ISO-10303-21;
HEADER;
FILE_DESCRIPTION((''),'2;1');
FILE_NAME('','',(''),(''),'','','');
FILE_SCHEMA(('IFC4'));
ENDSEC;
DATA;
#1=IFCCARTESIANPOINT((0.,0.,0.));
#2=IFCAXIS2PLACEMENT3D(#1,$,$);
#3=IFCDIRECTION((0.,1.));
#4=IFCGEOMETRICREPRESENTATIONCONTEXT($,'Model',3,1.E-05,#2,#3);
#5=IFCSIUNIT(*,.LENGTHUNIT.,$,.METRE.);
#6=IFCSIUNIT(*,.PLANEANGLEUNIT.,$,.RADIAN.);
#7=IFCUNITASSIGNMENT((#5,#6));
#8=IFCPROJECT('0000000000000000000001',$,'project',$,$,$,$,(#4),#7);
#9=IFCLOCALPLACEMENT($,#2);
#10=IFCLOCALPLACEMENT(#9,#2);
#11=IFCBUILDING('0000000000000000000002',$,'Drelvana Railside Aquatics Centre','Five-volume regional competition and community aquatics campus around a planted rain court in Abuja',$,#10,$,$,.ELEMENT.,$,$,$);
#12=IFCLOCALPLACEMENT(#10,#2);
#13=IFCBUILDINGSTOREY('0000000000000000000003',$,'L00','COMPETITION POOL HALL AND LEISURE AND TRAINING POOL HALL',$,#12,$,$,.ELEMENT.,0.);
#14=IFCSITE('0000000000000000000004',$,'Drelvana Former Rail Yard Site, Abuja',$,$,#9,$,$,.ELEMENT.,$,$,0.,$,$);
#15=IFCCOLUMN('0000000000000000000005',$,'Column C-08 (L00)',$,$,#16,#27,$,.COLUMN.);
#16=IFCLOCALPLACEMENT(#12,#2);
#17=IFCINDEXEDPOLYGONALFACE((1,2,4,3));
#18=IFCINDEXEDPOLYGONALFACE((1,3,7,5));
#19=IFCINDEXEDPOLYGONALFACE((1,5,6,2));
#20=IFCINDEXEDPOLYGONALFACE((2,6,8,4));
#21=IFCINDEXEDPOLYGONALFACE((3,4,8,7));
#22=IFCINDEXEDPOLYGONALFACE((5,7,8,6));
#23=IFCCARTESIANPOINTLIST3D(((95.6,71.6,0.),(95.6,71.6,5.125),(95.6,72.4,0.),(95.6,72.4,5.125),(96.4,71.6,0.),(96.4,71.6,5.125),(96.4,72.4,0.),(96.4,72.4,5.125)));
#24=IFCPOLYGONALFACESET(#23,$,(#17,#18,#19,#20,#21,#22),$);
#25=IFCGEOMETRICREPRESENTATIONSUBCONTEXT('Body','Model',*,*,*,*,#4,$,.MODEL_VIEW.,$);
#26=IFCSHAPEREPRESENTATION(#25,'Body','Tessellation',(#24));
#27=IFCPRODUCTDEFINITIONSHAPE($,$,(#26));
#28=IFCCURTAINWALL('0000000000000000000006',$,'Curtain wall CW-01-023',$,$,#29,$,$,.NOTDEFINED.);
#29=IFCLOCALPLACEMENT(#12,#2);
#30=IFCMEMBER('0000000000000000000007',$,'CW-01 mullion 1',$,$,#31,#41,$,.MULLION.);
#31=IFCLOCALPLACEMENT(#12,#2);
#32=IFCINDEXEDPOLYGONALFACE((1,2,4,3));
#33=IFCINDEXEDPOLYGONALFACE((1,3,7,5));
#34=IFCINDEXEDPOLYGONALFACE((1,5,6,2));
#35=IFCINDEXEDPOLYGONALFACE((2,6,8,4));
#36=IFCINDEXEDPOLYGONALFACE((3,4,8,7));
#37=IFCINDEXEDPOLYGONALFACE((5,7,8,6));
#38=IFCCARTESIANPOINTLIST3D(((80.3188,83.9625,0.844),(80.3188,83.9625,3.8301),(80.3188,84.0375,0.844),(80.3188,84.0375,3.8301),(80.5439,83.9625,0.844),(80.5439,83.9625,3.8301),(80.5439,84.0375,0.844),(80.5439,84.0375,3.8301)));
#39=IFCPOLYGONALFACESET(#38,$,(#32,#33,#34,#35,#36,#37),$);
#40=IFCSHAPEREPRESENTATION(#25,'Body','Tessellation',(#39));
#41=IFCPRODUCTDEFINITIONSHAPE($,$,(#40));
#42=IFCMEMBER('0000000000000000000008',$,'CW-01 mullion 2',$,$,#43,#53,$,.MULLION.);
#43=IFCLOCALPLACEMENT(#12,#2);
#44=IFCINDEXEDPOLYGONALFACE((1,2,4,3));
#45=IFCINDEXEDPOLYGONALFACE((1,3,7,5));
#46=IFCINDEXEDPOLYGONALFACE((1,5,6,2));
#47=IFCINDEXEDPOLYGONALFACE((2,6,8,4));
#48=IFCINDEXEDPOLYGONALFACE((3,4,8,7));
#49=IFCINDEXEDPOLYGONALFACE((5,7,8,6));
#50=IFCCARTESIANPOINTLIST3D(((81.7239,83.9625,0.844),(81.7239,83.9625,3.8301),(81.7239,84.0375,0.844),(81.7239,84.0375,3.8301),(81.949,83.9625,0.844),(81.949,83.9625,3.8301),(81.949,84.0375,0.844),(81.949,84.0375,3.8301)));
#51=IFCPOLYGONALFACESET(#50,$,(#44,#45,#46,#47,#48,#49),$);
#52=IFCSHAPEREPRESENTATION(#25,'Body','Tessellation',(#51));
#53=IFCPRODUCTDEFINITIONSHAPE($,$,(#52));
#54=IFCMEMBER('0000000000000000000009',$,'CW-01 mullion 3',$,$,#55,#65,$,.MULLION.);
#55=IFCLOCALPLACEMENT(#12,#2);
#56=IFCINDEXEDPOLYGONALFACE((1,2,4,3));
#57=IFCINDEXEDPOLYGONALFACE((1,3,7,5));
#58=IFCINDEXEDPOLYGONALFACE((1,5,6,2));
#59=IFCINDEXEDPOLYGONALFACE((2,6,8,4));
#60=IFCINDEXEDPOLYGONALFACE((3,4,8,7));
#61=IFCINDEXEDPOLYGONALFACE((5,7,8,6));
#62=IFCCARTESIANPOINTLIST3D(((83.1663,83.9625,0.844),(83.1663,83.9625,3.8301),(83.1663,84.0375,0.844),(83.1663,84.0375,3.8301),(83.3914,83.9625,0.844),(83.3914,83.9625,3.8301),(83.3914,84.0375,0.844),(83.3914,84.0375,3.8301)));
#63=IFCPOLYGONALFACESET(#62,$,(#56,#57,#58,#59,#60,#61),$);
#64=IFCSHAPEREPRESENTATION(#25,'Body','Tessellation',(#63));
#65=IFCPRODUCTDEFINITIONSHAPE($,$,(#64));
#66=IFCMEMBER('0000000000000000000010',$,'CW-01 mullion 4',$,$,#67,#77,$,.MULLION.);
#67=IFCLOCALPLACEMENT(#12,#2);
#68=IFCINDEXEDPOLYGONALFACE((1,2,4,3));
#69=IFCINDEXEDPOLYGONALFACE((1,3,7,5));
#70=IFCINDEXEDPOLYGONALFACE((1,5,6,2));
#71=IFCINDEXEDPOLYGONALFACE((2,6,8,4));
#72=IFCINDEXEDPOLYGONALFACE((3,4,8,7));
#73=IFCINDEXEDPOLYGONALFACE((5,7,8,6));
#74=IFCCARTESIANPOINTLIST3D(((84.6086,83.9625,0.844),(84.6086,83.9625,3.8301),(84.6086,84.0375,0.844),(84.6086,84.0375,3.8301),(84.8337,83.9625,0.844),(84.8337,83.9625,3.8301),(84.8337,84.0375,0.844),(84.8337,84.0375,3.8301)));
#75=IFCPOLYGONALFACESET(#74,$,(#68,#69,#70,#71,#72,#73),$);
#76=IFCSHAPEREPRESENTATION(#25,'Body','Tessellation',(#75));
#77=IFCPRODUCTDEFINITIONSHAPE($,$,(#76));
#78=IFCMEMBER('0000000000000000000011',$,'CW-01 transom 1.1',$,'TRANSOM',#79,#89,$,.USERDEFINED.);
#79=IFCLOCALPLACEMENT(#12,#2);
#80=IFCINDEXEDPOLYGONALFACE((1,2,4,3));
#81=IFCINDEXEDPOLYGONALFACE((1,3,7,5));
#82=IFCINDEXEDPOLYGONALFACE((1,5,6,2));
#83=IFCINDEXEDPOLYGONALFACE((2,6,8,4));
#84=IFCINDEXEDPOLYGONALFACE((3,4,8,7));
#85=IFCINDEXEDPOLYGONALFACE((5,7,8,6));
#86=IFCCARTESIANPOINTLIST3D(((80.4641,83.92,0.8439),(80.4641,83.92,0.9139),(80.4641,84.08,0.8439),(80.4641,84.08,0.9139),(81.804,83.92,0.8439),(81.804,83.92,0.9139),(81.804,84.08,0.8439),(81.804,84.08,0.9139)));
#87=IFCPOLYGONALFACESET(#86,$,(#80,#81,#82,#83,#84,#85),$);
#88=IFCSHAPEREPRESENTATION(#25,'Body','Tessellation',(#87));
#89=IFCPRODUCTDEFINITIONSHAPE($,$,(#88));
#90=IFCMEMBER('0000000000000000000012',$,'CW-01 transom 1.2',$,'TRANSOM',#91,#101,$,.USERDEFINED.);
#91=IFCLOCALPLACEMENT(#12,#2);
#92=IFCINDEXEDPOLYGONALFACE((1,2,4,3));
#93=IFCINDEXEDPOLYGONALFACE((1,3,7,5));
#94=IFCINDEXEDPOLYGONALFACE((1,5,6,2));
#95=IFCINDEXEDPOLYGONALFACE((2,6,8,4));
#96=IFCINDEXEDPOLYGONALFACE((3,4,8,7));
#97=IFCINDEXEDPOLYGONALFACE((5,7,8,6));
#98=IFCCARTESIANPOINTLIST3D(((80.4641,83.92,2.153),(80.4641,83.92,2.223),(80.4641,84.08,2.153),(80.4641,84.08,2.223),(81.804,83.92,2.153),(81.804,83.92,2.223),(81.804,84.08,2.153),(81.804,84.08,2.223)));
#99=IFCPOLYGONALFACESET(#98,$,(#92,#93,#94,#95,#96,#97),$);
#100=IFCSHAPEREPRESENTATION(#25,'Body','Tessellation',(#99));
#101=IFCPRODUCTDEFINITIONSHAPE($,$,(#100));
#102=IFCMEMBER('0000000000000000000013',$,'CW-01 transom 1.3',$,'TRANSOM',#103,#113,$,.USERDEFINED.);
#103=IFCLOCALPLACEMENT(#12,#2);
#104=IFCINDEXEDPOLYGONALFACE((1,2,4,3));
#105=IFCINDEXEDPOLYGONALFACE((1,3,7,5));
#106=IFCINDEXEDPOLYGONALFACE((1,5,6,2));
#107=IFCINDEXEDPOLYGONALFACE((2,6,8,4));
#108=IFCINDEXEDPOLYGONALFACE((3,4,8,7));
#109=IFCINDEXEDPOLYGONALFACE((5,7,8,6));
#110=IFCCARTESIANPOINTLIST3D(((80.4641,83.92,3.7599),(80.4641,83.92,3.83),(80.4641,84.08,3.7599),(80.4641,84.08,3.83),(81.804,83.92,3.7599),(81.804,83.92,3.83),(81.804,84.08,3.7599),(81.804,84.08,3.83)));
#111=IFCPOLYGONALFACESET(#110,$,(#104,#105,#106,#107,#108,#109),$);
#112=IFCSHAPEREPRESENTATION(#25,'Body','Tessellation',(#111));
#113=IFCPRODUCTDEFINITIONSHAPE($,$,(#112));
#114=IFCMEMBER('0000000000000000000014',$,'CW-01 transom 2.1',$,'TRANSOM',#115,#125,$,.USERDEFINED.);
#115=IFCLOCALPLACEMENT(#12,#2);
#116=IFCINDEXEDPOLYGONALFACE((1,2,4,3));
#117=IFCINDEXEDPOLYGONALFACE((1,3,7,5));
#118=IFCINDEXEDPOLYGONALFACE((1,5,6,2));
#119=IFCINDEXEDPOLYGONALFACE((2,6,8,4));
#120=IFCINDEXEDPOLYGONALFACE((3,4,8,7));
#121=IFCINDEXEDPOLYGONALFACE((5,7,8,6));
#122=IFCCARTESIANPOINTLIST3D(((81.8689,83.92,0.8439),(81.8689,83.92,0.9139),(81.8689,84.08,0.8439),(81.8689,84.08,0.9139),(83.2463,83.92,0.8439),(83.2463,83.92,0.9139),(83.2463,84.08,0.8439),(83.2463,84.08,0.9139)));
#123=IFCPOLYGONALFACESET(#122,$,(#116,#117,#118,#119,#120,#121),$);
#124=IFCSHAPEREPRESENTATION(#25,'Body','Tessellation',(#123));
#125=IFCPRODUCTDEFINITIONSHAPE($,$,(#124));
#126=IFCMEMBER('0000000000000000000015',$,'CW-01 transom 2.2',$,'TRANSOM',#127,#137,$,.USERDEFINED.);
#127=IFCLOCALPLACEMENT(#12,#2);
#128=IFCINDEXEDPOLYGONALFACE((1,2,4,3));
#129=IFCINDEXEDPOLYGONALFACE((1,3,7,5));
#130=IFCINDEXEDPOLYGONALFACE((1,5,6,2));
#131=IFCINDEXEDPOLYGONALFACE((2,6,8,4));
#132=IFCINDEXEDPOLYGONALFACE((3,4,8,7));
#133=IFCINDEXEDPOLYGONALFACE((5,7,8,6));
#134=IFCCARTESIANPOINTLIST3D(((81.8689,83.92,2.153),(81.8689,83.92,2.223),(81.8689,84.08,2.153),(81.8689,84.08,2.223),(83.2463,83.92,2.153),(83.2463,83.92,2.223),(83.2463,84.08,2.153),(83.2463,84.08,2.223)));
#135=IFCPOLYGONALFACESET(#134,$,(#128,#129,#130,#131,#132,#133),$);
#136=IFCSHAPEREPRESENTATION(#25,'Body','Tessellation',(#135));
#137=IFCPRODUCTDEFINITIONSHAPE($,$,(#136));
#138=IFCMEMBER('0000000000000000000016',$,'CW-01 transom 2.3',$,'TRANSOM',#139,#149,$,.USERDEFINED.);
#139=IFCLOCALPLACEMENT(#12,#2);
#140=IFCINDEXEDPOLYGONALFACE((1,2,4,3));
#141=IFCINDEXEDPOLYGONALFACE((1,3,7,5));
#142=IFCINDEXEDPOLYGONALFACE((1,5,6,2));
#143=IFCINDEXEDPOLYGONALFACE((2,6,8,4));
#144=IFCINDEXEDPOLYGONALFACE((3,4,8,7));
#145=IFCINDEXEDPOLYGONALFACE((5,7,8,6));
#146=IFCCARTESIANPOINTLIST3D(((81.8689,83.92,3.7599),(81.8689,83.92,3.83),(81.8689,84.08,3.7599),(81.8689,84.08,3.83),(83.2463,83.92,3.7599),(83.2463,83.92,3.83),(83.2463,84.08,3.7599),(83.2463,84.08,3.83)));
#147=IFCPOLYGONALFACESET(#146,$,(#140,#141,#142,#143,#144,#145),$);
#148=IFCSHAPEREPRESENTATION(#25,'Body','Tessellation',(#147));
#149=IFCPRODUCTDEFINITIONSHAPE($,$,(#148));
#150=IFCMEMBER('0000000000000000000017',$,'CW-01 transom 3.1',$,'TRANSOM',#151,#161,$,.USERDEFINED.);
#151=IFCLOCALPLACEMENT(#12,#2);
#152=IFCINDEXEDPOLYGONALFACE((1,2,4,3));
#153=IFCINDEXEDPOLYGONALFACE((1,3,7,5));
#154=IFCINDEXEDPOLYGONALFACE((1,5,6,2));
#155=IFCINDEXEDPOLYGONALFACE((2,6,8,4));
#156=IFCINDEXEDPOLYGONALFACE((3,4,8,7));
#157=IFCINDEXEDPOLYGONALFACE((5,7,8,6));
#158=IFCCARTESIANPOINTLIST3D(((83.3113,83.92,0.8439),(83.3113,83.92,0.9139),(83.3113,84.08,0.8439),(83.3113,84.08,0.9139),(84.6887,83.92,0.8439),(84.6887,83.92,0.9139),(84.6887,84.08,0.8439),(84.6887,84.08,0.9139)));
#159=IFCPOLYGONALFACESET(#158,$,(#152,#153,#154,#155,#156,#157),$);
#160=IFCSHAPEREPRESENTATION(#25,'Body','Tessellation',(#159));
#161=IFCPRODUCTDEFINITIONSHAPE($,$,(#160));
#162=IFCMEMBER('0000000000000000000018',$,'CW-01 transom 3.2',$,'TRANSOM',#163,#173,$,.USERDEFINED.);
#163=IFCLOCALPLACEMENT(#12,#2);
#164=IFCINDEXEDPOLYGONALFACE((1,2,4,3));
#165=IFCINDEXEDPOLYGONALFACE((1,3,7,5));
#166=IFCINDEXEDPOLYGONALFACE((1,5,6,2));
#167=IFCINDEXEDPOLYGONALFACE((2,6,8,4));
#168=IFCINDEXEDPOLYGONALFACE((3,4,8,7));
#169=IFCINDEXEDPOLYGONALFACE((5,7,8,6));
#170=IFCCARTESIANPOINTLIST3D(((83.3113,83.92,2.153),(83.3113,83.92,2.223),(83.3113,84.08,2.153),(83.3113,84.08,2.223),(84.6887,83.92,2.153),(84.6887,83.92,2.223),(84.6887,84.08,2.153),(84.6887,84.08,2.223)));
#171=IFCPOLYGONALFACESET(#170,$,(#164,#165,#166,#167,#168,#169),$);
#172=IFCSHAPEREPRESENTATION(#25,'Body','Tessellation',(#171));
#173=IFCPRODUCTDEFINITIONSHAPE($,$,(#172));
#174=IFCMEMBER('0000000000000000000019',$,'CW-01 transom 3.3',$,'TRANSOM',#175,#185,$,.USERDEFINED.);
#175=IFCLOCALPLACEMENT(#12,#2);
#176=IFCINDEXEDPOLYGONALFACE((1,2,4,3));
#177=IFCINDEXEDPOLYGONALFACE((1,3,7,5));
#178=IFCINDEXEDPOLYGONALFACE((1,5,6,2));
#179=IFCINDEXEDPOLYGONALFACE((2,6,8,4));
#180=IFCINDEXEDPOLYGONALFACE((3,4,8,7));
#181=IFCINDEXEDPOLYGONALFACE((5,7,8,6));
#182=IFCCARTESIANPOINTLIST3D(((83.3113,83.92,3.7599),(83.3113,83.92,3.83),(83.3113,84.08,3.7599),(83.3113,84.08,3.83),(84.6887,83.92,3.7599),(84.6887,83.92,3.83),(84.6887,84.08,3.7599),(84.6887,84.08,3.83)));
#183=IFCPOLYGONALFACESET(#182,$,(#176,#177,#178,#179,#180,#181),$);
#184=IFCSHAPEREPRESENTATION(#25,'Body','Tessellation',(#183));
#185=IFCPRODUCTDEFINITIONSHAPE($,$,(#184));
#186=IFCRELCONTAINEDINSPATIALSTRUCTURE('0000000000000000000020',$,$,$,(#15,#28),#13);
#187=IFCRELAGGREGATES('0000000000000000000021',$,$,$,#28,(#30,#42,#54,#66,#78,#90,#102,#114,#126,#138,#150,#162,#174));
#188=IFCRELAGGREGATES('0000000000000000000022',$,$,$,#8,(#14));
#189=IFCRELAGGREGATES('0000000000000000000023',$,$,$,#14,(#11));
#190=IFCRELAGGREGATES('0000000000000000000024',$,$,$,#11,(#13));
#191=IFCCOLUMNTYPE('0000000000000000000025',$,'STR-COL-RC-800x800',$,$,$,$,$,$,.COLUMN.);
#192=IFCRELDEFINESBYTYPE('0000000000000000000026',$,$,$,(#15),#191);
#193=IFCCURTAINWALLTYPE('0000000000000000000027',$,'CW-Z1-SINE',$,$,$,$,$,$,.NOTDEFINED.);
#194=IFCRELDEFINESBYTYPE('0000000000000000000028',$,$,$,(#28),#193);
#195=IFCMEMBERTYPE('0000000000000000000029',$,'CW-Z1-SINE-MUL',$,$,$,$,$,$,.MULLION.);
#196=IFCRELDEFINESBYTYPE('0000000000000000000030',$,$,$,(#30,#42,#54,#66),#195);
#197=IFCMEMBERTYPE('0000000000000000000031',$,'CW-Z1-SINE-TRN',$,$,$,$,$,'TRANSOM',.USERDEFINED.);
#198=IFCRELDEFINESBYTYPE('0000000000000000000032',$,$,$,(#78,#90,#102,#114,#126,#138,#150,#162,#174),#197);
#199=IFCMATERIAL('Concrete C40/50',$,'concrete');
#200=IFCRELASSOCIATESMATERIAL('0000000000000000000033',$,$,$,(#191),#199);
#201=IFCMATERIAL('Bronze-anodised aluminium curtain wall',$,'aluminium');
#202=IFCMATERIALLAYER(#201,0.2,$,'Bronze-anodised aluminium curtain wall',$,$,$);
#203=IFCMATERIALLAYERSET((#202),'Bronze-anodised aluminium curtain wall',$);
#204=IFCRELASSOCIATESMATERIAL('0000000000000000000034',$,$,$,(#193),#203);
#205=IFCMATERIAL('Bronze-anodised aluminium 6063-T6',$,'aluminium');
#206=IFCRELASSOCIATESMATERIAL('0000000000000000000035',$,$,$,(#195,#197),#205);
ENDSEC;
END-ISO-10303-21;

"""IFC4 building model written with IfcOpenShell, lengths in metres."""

from ifc_helpers import new_model, si_unit, direction, frame, origin, origin_2d, place, context, subcontext, project, spatial, rectangle, extrude, material, layer, layer_set, material_profile, profile_set, type_object, element, aggregate, save


model = new_model("IFC4")

# Units and contexts
model_context = context("Model", 3, precision=1e-05, world=origin(), true_north=direction((0.0, 1.0)))
body_context = subcontext(model_context, "Body", "Model", "MODEL_VIEW")
ifc_project = project(units=[si_unit("LENGTHUNIT", "METRE"), si_unit("PLANEANGLEUNIT", "RADIAN")], contexts=[model_context])

# Site, building, storey
site_placement = place(None, origin())
site = spatial("IfcSite", under=ifc_project, at=site_placement, Name="Drelvana Former Rail Yard Site, Abuja", CompositionType="ELEMENT", RefElevation=0.0)
building_placement = place(site_placement, origin())
building = spatial("IfcBuilding", under=site, at=building_placement, Name="Drelvana Railside Aquatics Centre", Description="Five-volume regional competition and community aquatics campus around a planted rain court in Abuja", CompositionType="ELEMENT")
storey_placement = place(building_placement, origin())
storey = spatial("IfcBuildingStorey", under=building, at=storey_placement, Name="L00", Description="COMPETITION POOL HALL AND LEISURE AND TRAINING POOL HALL", CompositionType="ELEMENT", Elevation=0.0)

# Column
ifc_material_1 = material(Name="Concrete C40/50", Category="concrete")
ifc_material_profile_1 = material_profile(ifc_material_1, rectangle(XDim=0.8, YDim=0.8, at=origin_2d()), Name="RC 800x800")
ifc_profile_set_1 = profile_set([ifc_material_profile_1], Name="Concrete C40/50")
column_type = type_object("IfcColumnType", Name="STR-COL-RC-800x800", PredefinedType="COLUMN", material=ifc_profile_set_1)
column_placement = place(storey_placement, frame((96.0, 72.0, 0.0), z_axis=(0.0, 0.0, 1.0), x_axis=(1.0, 0.0, 0.0)))
element("IfcColumn", 1, at=column_placement, inside=storey, type_object=column_type, Name="Column C-08 (L00)", PredefinedType="COLUMN", context=body_context, shape_type="SweptSolid", body=[
    extrude(rectangle(XDim=0.8, YDim=0.8, at=origin_2d()), origin(), (0.0, 0.0, 1.0), 5.125),
])

# Curtain wall, members
ifc_material_2 = material(Name="Bronze-anodised aluminium curtain wall", Category="aluminium")
ifc_layer_1 = layer(ifc_material_2, 0.2, Name="Bronze-anodised aluminium curtain wall")
ifc_layer_set_1 = layer_set([ifc_layer_1], Name="Bronze-anodised aluminium curtain wall")
curtain_wall_type = type_object("IfcCurtainWallType", Name="CW-Z1-SINE", PredefinedType="NOTDEFINED", material=ifc_layer_set_1)
curtain_wall_placement = place(storey_placement, origin())
curtain_wall = element("IfcCurtainWall", 2, at=curtain_wall_placement, inside=storey, type_object=curtain_wall_type, Name="Curtain wall CW-01-023", PredefinedType="NOTDEFINED")
ifc_material_3 = material(Name="Bronze-anodised aluminium 6063-T6", Category="aluminium")
ifc_material_profile_2 = material_profile(ifc_material_3, rectangle(XDim=0.075, YDim=0.2251, at=origin_2d()), Name="ALU-M 75x225")
ifc_profile_set_2 = profile_set([ifc_material_profile_2], Name="Bronze-anodised aluminium 6063-T6")
member_type_1 = type_object("IfcMemberType", Name="CW-Z1-SINE-MUL", PredefinedType="MULLION", material=ifc_profile_set_2)
member_1_placement = place(storey_placement, frame((80.4314, 84.0, 0.844), z_axis=(0.0, 0.0, 1.0), x_axis=(0.0, 1.0, 0.0)))
member_1 = element("IfcMember", 3, at=member_1_placement, type_object=member_type_1, Name="CW-01 mullion 1", PredefinedType="MULLION", context=body_context, shape_type="SweptSolid", body=[
    extrude(rectangle(XDim=0.075, YDim=0.2251, at=origin_2d()), origin(), (0.0, 0.0, 1.0), 2.9861),
])
member_2_placement = place(storey_placement, frame((81.8364, 84.0, 0.844), z_axis=(0.0, 0.0, 1.0), x_axis=(0.0, 1.0, 0.0)))
member_2 = element("IfcMember", 4, at=member_2_placement, type_object=member_type_1, Name="CW-01 mullion 2", PredefinedType="MULLION", context=body_context, shape_type="SweptSolid", body=[
    extrude(rectangle(XDim=0.075, YDim=0.2251, at=origin_2d()), origin(), (0.0, 0.0, 1.0), 2.9861),
])
member_3_placement = place(storey_placement, frame((83.2788, 84.0, 0.844), z_axis=(0.0, 0.0, 1.0), x_axis=(0.0, 1.0, 0.0)))
member_3 = element("IfcMember", 5, at=member_3_placement, type_object=member_type_1, Name="CW-01 mullion 3", PredefinedType="MULLION", context=body_context, shape_type="SweptSolid", body=[
    extrude(rectangle(XDim=0.075, YDim=0.2251, at=origin_2d()), origin(), (0.0, 0.0, 1.0), 2.9861),
])
member_4_placement = place(storey_placement, frame((84.7212, 84.0, 0.844), z_axis=(0.0, 0.0, 1.0), x_axis=(0.0, 1.0, 0.0)))
member_4 = element("IfcMember", 6, at=member_4_placement, type_object=member_type_1, Name="CW-01 mullion 4", PredefinedType="MULLION", context=body_context, shape_type="SweptSolid", body=[
    extrude(rectangle(XDim=0.075, YDim=0.2251, at=origin_2d()), origin(), (0.0, 0.0, 1.0), 2.9861),
])
ifc_material_profile_3 = material_profile(ifc_material_3, rectangle(XDim=0.1599, YDim=0.0701, at=origin_2d()), Name="ALU-T 70x160")
ifc_profile_set_3 = profile_set([ifc_material_profile_3], Name="Bronze-anodised aluminium 6063-T6")
member_type_2 = type_object("IfcMemberType", Name="CW-Z1-SINE-TRN", ElementType="TRANSOM", PredefinedType="USERDEFINED", material=ifc_profile_set_3)
member_5_placement = place(storey_placement, frame((80.4641, 84.0, 0.8789), z_axis=(1.0, 0.0, 0.0), x_axis=(0.0, 1.0, 0.0)))
member_5 = element("IfcMember", 7, at=member_5_placement, type_object=member_type_2, Name="CW-01 transom 1.1", ObjectType="TRANSOM", PredefinedType="USERDEFINED", context=body_context, shape_type="SweptSolid", body=[
    extrude(rectangle(XDim=0.1599, YDim=0.0701, at=origin_2d()), origin(), (0.0, 0.0, 1.0), 1.3398),
])
member_6_placement = place(storey_placement, frame((80.4641, 84.0, 2.188), z_axis=(1.0, 0.0, 0.0), x_axis=(0.0, 1.0, 0.0)))
member_6 = element("IfcMember", 8, at=member_6_placement, type_object=member_type_2, Name="CW-01 transom 1.2", ObjectType="TRANSOM", PredefinedType="USERDEFINED", context=body_context, shape_type="SweptSolid", body=[
    extrude(rectangle(XDim=0.1599, YDim=0.0701, at=origin_2d()), origin(), (0.0, 0.0, 1.0), 1.3398),
])
member_7_placement = place(storey_placement, frame((80.4641, 84.0, 3.7949), z_axis=(1.0, 0.0, 0.0), x_axis=(0.0, 1.0, 0.0)))
member_7 = element("IfcMember", 9, at=member_7_placement, type_object=member_type_2, Name="CW-01 transom 1.3", ObjectType="TRANSOM", PredefinedType="USERDEFINED", context=body_context, shape_type="SweptSolid", body=[
    extrude(rectangle(XDim=0.1599, YDim=0.0701, at=origin_2d()), origin(), (0.0, 0.0, 1.0), 1.3398),
])
member_8_placement = place(storey_placement, frame((81.8689, 84.0, 0.8789), z_axis=(1.0, 0.0, 0.0), x_axis=(0.0, 1.0, 0.0)))
member_8 = element("IfcMember", 10, at=member_8_placement, type_object=member_type_2, Name="CW-01 transom 2.1", ObjectType="TRANSOM", PredefinedType="USERDEFINED", context=body_context, shape_type="SweptSolid", body=[
    extrude(rectangle(XDim=0.1599, YDim=0.0701, at=origin_2d()), origin(), (0.0, 0.0, 1.0), 1.3774),
])
member_9_placement = place(storey_placement, frame((81.8689, 84.0, 2.188), z_axis=(1.0, 0.0, 0.0), x_axis=(0.0, 1.0, 0.0)))
member_9 = element("IfcMember", 11, at=member_9_placement, type_object=member_type_2, Name="CW-01 transom 2.2", ObjectType="TRANSOM", PredefinedType="USERDEFINED", context=body_context, shape_type="SweptSolid", body=[
    extrude(rectangle(XDim=0.1599, YDim=0.0701, at=origin_2d()), origin(), (0.0, 0.0, 1.0), 1.3774),
])
member_10_placement = place(storey_placement, frame((81.8689, 84.0, 3.7949), z_axis=(1.0, 0.0, 0.0), x_axis=(0.0, 1.0, 0.0)))
member_10 = element("IfcMember", 12, at=member_10_placement, type_object=member_type_2, Name="CW-01 transom 2.3", ObjectType="TRANSOM", PredefinedType="USERDEFINED", context=body_context, shape_type="SweptSolid", body=[
    extrude(rectangle(XDim=0.1599, YDim=0.0701, at=origin_2d()), origin(), (0.0, 0.0, 1.0), 1.3774),
])
member_11_placement = place(storey_placement, frame((83.3113, 84.0, 0.8789), z_axis=(1.0, 0.0, 0.0), x_axis=(0.0, 1.0, 0.0)))
member_11 = element("IfcMember", 13, at=member_11_placement, type_object=member_type_2, Name="CW-01 transom 3.1", ObjectType="TRANSOM", PredefinedType="USERDEFINED", context=body_context, shape_type="SweptSolid", body=[
    extrude(rectangle(XDim=0.1599, YDim=0.0701, at=origin_2d()), origin(), (0.0, 0.0, 1.0), 1.3774),
])
member_12_placement = place(storey_placement, frame((83.3113, 84.0, 2.188), z_axis=(1.0, 0.0, 0.0), x_axis=(0.0, 1.0, 0.0)))
member_12 = element("IfcMember", 14, at=member_12_placement, type_object=member_type_2, Name="CW-01 transom 3.2", ObjectType="TRANSOM", PredefinedType="USERDEFINED", context=body_context, shape_type="SweptSolid", body=[
    extrude(rectangle(XDim=0.1599, YDim=0.0701, at=origin_2d()), origin(), (0.0, 0.0, 1.0), 1.3774),
])
member_13_placement = place(storey_placement, frame((83.3113, 84.0, 3.7949), z_axis=(1.0, 0.0, 0.0), x_axis=(0.0, 1.0, 0.0)))
member_13 = element("IfcMember", 15, at=member_13_placement, type_object=member_type_2, Name="CW-01 transom 3.3", ObjectType="TRANSOM", PredefinedType="USERDEFINED", context=body_context, shape_type="SweptSolid", body=[
    extrude(rectangle(XDim=0.1599, YDim=0.0701, at=origin_2d()), origin(), (0.0, 0.0, 1.0), 1.3774),
])

aggregate(curtain_wall, [member_1, member_2, member_3, member_4, member_5, member_6, member_7, member_8, member_9, member_10, member_11, member_12, member_13])

save(model, "model.ifc")
